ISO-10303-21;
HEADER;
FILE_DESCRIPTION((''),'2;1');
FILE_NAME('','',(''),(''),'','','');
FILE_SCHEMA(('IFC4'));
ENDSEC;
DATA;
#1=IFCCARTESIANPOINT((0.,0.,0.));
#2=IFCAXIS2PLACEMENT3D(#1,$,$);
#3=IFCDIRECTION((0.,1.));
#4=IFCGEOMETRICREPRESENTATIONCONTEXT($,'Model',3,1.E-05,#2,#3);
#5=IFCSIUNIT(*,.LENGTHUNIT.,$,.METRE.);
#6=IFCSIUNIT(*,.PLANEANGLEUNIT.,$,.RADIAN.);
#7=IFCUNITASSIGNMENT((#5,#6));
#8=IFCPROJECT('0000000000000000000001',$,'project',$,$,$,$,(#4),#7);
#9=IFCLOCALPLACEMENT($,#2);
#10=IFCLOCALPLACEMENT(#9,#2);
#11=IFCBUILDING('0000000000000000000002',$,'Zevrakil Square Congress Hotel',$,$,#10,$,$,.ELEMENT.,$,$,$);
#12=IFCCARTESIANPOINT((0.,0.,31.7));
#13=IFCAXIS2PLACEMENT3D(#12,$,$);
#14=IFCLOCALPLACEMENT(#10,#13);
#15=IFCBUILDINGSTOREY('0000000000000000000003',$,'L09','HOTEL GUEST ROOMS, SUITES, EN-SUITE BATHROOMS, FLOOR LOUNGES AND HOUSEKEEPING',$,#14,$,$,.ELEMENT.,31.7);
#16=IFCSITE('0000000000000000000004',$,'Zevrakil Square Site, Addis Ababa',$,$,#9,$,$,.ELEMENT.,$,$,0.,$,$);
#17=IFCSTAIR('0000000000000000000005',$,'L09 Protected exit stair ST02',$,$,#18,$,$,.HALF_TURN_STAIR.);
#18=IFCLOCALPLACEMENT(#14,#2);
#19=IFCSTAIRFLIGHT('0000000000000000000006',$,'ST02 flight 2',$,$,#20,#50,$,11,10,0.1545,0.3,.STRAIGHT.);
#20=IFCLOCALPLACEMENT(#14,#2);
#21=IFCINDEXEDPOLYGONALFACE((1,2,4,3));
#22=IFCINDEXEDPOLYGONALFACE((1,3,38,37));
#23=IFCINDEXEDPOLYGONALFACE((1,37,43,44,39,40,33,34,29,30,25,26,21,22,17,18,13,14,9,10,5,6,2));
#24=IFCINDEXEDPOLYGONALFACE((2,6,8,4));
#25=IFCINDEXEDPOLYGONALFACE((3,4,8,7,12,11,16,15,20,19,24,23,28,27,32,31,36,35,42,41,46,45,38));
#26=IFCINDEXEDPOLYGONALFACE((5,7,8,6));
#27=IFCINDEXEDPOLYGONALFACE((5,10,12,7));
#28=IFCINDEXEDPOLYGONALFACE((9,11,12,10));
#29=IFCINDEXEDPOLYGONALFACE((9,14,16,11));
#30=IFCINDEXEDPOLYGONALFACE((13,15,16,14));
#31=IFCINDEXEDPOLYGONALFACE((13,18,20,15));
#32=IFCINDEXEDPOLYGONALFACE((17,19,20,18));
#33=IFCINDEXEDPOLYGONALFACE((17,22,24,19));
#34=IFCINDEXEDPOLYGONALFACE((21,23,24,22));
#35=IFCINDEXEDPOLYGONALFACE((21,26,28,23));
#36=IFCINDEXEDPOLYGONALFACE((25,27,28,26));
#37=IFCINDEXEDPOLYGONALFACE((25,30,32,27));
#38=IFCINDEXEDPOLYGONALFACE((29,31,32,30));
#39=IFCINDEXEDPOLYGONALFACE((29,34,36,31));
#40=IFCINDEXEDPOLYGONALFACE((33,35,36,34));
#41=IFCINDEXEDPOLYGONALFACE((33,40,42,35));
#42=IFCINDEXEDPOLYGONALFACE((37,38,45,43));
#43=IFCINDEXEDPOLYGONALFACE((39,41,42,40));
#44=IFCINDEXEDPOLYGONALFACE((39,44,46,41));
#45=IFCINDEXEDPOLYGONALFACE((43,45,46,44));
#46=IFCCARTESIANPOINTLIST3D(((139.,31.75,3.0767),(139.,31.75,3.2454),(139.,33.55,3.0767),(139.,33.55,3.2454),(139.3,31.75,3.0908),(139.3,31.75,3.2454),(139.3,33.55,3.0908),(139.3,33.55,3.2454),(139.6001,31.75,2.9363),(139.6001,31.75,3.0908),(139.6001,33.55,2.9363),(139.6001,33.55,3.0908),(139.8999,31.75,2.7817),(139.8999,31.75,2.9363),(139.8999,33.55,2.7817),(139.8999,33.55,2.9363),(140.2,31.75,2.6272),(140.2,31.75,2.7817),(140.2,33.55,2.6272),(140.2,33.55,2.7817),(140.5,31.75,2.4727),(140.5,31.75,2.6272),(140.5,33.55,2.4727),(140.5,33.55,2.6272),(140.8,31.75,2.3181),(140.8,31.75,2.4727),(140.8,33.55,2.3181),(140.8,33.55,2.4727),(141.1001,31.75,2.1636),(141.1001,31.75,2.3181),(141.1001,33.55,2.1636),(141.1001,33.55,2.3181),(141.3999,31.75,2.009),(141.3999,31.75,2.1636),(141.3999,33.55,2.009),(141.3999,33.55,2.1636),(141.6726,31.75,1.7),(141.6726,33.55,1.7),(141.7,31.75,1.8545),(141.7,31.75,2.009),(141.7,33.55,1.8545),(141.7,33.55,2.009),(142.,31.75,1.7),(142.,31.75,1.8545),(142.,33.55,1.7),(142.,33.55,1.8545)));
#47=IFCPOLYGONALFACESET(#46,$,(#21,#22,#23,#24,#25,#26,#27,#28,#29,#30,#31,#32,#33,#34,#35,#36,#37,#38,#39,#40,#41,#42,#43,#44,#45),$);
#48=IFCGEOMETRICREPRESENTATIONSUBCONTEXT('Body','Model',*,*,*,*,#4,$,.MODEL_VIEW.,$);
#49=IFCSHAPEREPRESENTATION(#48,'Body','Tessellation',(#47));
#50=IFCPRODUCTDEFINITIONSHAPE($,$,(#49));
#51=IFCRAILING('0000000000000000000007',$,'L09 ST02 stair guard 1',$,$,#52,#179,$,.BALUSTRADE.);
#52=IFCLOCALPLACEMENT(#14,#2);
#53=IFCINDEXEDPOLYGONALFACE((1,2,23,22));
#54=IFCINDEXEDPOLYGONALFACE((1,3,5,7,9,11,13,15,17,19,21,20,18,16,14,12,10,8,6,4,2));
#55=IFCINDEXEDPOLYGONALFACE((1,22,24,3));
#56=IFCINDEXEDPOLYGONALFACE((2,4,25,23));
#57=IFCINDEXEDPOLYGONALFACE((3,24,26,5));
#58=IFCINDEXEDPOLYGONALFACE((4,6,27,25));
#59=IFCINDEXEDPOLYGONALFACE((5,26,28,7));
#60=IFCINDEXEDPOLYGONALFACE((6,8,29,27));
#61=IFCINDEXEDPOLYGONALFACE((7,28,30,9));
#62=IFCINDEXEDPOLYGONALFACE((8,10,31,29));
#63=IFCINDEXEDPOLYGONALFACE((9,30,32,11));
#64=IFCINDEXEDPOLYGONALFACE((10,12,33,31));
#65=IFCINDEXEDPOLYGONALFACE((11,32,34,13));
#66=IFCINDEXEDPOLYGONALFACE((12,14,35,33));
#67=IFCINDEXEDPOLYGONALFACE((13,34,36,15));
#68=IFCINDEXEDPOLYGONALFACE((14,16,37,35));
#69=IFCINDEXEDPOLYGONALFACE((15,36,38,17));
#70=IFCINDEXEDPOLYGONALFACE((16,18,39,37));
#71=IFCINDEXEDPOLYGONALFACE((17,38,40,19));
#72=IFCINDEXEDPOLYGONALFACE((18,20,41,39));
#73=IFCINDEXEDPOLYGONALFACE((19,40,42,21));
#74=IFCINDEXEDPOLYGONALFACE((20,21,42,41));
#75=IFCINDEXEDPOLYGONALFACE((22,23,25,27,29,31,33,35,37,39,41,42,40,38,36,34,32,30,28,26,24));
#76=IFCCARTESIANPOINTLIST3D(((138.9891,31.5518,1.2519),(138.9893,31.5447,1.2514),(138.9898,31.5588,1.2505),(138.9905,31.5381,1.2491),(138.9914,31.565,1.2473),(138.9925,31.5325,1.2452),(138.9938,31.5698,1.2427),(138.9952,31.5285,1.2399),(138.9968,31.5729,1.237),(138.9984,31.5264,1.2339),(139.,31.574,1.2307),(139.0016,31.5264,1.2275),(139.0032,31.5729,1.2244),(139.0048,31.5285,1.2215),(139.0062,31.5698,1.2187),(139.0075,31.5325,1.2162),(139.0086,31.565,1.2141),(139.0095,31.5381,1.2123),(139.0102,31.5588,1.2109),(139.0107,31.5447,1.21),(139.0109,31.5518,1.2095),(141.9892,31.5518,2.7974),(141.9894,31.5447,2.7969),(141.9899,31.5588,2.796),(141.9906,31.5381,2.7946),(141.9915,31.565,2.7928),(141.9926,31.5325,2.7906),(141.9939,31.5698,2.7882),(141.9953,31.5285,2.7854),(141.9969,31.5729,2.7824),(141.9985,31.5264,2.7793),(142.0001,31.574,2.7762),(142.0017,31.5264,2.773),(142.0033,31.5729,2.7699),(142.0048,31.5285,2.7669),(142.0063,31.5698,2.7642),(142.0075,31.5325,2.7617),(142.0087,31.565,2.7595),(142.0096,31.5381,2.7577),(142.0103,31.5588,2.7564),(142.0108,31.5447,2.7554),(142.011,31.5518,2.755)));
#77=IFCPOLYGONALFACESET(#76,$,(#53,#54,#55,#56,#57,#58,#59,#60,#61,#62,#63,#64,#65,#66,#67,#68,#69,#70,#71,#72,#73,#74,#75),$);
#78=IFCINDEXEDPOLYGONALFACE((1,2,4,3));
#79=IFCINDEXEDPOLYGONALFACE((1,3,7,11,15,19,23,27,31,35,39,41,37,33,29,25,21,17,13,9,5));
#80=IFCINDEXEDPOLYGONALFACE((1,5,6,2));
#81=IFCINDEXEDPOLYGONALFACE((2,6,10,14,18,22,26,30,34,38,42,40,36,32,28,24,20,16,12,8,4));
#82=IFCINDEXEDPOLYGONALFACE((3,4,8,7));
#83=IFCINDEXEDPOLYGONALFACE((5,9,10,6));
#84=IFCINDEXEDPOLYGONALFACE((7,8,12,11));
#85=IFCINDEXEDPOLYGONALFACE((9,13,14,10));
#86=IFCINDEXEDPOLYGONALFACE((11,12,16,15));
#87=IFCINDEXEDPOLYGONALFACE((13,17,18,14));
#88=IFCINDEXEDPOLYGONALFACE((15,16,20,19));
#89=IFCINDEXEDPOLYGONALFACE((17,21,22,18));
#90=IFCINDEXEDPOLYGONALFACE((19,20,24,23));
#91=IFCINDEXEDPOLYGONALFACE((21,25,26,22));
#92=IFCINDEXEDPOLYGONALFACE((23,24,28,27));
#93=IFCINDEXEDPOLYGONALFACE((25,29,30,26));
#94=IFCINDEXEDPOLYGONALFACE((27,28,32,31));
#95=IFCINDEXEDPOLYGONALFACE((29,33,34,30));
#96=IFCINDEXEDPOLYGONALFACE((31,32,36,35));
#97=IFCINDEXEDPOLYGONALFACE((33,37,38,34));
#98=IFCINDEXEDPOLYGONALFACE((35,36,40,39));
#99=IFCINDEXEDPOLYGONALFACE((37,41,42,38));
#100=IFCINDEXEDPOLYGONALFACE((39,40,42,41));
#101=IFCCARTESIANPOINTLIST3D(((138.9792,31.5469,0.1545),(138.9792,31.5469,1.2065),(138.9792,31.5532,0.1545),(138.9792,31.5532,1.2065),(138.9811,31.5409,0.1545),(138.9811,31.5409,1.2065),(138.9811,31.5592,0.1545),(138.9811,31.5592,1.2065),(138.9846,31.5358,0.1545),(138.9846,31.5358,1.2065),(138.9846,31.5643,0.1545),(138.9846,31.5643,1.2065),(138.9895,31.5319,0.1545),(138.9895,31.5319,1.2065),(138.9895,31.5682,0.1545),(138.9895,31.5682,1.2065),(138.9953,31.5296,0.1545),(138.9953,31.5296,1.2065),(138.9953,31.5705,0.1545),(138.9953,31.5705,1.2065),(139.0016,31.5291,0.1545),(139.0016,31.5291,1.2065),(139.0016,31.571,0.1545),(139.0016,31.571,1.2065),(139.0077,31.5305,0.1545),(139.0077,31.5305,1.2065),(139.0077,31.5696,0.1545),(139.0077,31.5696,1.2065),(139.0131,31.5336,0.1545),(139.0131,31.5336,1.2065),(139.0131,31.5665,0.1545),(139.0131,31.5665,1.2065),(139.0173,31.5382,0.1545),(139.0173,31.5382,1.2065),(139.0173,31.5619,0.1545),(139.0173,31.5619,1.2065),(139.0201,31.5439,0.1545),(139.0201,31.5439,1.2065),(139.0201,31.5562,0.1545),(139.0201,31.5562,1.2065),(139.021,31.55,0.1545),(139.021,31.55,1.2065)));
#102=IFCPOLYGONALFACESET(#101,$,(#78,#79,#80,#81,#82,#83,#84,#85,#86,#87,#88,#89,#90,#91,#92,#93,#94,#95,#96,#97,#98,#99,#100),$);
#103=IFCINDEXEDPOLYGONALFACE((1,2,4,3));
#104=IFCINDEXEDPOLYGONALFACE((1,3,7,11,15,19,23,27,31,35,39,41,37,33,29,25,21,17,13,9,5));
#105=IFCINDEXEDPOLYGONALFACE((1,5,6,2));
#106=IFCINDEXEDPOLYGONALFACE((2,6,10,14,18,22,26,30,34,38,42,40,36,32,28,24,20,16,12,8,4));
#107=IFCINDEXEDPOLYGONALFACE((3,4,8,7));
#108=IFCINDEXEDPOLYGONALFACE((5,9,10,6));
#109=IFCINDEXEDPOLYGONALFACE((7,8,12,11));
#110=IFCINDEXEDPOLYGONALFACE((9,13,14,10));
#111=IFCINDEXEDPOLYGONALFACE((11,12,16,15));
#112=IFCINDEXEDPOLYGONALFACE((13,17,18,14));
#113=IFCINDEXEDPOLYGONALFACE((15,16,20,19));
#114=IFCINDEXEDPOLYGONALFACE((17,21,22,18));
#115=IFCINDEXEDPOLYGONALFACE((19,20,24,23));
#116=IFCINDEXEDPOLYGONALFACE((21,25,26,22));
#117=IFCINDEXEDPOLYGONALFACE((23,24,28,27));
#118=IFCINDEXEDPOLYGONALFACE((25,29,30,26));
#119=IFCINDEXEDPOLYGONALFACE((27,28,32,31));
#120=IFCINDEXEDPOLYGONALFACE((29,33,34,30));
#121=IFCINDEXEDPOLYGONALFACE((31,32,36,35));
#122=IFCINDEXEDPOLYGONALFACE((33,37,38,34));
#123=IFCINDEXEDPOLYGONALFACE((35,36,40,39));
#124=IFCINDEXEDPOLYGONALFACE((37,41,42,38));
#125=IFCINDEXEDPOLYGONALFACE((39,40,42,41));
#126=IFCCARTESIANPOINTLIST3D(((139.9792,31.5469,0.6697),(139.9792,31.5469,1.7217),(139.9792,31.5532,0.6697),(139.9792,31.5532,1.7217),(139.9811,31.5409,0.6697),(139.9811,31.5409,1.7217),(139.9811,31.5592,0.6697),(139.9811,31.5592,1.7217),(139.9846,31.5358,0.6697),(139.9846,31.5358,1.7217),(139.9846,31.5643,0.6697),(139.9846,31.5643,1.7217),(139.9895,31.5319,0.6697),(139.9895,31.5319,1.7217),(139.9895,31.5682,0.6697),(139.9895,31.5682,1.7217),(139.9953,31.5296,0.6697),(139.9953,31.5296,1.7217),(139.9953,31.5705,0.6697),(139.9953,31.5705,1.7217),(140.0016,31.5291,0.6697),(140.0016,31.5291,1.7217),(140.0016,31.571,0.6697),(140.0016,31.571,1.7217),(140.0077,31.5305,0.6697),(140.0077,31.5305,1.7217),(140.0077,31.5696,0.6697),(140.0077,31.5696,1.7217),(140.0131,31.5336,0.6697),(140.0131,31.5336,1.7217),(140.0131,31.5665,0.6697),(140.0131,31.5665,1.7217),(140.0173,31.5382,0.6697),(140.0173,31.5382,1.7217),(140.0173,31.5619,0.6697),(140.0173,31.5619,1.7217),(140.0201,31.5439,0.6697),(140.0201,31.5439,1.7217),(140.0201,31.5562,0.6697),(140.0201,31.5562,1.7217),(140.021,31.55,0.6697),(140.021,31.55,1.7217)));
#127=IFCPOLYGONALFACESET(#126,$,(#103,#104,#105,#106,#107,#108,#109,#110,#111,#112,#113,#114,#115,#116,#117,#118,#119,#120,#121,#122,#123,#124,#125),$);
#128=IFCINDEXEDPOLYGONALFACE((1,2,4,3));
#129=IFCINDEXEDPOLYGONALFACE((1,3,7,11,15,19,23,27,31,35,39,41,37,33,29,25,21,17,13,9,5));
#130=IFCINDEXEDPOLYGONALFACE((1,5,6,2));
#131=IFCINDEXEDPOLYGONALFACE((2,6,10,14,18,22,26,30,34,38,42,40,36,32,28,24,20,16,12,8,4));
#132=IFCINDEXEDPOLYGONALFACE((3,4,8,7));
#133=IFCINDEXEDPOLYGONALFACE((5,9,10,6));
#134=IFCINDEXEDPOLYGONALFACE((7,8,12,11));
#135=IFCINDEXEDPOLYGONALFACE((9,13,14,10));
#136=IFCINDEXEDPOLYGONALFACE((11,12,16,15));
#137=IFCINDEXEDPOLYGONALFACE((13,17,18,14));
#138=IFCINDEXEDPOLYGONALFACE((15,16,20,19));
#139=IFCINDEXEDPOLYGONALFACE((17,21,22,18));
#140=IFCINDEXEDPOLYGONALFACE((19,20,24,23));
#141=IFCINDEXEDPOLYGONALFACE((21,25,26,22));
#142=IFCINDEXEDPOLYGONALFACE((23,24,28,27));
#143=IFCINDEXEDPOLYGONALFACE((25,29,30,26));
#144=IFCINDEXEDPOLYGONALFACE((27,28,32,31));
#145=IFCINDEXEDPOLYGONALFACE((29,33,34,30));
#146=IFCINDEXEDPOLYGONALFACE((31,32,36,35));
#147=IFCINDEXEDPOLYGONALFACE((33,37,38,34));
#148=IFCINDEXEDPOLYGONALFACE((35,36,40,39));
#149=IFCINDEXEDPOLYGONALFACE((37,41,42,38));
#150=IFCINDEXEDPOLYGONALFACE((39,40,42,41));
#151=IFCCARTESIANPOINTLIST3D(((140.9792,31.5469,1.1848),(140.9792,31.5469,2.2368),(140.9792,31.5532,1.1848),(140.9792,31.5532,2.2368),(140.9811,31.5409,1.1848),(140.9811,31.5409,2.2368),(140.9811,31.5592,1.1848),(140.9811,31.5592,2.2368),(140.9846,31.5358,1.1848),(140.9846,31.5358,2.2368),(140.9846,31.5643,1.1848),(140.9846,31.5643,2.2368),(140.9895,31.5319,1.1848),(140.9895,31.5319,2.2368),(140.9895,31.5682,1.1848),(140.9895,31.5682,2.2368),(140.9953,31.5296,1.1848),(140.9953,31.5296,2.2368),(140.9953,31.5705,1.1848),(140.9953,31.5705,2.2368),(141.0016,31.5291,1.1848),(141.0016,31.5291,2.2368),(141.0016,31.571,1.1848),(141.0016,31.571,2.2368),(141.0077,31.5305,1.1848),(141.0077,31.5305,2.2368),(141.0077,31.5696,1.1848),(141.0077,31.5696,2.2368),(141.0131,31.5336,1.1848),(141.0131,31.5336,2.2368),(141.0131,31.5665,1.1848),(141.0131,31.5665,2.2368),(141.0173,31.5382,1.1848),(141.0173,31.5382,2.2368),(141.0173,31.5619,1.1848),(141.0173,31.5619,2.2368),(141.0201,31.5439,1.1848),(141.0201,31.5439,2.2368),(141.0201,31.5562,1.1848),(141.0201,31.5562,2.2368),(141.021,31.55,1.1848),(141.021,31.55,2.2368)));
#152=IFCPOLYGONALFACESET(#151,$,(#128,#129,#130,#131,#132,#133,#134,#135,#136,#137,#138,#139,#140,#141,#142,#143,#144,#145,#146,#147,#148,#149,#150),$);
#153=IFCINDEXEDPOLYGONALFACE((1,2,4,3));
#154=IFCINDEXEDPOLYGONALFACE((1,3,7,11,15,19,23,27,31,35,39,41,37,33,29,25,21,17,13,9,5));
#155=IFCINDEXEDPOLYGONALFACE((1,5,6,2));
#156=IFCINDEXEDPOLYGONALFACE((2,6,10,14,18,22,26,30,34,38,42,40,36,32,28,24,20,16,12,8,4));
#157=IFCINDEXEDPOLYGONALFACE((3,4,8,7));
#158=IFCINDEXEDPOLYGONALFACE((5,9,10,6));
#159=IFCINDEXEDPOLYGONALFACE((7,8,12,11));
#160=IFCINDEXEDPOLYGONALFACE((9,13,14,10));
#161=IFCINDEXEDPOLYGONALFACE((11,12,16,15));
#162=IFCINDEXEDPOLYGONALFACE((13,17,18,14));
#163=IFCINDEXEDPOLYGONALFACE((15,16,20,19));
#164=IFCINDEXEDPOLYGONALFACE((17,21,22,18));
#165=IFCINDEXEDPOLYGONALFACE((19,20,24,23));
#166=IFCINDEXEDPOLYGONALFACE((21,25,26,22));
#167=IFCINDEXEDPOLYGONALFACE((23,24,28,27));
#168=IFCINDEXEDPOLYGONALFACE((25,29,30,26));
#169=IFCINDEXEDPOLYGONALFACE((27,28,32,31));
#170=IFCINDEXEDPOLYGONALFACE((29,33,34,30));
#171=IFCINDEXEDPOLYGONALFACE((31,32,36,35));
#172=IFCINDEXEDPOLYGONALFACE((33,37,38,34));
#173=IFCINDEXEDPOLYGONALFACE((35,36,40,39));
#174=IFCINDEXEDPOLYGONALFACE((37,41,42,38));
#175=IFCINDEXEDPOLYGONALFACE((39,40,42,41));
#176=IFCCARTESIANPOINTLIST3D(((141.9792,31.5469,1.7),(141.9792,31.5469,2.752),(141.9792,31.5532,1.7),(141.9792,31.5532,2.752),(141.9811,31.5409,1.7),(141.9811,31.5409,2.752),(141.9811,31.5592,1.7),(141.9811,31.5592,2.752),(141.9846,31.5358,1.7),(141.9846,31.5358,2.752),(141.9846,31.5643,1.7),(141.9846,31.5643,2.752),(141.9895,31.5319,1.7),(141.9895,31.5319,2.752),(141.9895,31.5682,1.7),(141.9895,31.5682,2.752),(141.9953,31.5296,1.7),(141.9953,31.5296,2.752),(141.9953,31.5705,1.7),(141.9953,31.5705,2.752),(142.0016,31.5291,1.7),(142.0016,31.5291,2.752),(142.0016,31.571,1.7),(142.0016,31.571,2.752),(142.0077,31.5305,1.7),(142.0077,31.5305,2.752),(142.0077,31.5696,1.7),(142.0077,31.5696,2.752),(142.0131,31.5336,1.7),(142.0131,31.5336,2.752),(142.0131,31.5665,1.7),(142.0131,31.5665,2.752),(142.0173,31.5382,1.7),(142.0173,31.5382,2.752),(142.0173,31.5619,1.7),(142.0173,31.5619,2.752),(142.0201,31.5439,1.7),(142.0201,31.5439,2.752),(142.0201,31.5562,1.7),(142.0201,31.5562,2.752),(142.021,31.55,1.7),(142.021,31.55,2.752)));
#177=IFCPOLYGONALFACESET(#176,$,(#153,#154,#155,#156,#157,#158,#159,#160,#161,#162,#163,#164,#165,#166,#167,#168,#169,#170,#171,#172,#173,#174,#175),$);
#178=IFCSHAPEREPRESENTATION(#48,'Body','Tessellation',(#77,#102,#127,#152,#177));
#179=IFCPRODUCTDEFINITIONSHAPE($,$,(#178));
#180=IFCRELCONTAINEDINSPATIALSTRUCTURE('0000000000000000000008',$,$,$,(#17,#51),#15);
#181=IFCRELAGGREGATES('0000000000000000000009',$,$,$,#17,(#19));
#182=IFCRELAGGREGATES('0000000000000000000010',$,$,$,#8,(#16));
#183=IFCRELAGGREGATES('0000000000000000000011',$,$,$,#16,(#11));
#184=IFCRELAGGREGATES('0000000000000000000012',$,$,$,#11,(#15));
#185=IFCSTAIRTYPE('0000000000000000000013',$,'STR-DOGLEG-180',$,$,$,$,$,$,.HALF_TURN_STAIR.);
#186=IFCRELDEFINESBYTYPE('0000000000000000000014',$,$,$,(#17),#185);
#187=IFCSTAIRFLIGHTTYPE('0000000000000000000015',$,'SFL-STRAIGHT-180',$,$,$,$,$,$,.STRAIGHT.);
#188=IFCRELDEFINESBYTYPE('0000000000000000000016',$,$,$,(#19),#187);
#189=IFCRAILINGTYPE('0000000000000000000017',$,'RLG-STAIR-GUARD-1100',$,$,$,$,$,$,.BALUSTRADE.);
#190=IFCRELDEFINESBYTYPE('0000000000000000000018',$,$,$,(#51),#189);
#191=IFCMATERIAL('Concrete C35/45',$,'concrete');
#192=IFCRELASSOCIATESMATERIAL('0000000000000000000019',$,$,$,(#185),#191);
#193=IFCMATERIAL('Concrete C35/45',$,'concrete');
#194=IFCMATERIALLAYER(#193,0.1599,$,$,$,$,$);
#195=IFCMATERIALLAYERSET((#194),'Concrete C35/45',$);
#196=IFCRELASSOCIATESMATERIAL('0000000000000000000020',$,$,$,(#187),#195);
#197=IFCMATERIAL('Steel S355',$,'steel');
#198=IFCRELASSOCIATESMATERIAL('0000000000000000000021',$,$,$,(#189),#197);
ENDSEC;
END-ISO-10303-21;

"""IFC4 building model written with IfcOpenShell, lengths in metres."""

from ifc_helpers import new_model, si_unit, direction, frame, origin, origin_2d, place, context, subcontext, project, spatial, polyline, circle, outline, extrude, material, layer, layer_set, type_object, element, aggregate, save


model = new_model("IFC4")

# Units and contexts
model_context = context("Model", 3, precision=1e-05, world=origin(), true_north=direction((0.0, 1.0)))
body_context = subcontext(model_context, "Body", "Model", "MODEL_VIEW")
ifc_project = project(units=[si_unit("LENGTHUNIT", "METRE"), si_unit("PLANEANGLEUNIT", "RADIAN")], contexts=[model_context])

# Site, building, storey
site_placement = place(None, origin())
site = spatial("IfcSite", under=ifc_project, at=site_placement, Name="Zevrakil Square Site, Addis Ababa", CompositionType="ELEMENT", RefElevation=0.0)
building_placement = place(site_placement, origin())
building = spatial("IfcBuilding", under=site, at=building_placement, Name="Zevrakil Square Congress Hotel", CompositionType="ELEMENT")
storey_placement = place(building_placement, frame((0.0, 0.0, 31.7)))
storey = spatial("IfcBuildingStorey", under=building, at=storey_placement, Name="L09", Description="HOTEL GUEST ROOMS, SUITES, EN-SUITE BATHROOMS, FLOOR LOUNGES AND HOUSEKEEPING", CompositionType="ELEMENT", Elevation=31.7)

# Stair, stair flight
ifc_material_1 = material(Name="Concrete C35/45", Category="concrete")
stair_type = type_object("IfcStairType", Name="STR-DOGLEG-180", PredefinedType="HALF_TURN_STAIR", material=ifc_material_1)
stair_placement = place(storey_placement, origin())
stair = element("IfcStair", 1, at=stair_placement, inside=storey, type_object=stair_type, Name="L09 Protected exit stair ST02", PredefinedType="HALF_TURN_STAIR")
ifc_material_2 = material(Name="Concrete C35/45", Category="concrete")
ifc_layer_1 = layer(ifc_material_2, 0.1599)
ifc_layer_set_1 = layer_set([ifc_layer_1], Name="Concrete C35/45")
stair_flight_type = type_object("IfcStairFlightType", Name="SFL-STRAIGHT-180", PredefinedType="STRAIGHT", material=ifc_layer_set_1)
stair_flight_1_placement = place(storey_placement, frame((142.0, 32.6499, 1.7), z_axis=(0.0, 0.0, 1.0), x_axis=(-1.0, 0.0, 0.0)))
stair_flight_1 = element("IfcStairFlight", 2, at=stair_flight_1_placement, type_object=stair_flight_type, Name="ST02 flight 2", NumberOfRisers=11, NumberOfTreads=10, PredefinedType="STRAIGHT", RiserHeight=0.1545, TreadLength=0.3, context=body_context, shape_type="SweptSolid", body=[
    extrude(outline(polyline([(0.0, 0.0), (0.0, 0.1545), (0.3, 0.1545), (0.3, 0.3091), (0.6001, 0.3091), (0.6001, 0.4636), (0.8999, 0.4636), (0.8999, 0.6182), (1.2, 0.6182), (1.2, 0.7727), (1.5, 0.7727), (1.5, 0.9272), (1.8, 0.9272), (1.8, 1.0818), (2.1001, 1.0818), (2.1001, 1.2363), (2.3999, 1.2363), (2.3999, 1.3909), (2.7, 1.3909), (2.7, 1.5454), (3.0, 1.5454), (3.0, 1.7), (3.0, 1.3767), (0.3274, 0.0), (0.0, 0.0)])), frame((0.0, 0.8999, 0.0), z_axis=(0.0, -1.0, 0.0), x_axis=(1.0, 0.0, 0.0)), (0.0, 0.0, 1.0), 1.8),
])
aggregate(stair, [stair_flight_1])

# Railing
ifc_material_3 = material(Name="Steel S355", Category="steel")
railing_type_1 = type_object("IfcRailingType", Name="RLG-STAIR-GUARD-1100", PredefinedType="BALUSTRADE", material=ifc_material_3)
railing_1_placement = place(storey_placement, frame((139.0, 31.55, 0.1545)))
element("IfcRailing", 3, at=railing_1_placement, inside=storey, type_object=railing_type_1, Name="L09 ST02 stair guard 1", PredefinedType="BALUSTRADE", context=body_context, shape_type="SweptSolid", body=[
    extrude(circle(Radius=0.0239, at=origin_2d()), frame((0.0, 0.0, 1.0762), z_axis=(0.88898, 0.0, 0.457946), x_axis=(0.0, 1.0, 0.0)), (0.0, 0.0, 1.0), 3.3748),
    extrude(circle(Radius=0.021, at=origin_2d()), origin(), (0.0, 0.0, 1.0), 1.052),
    extrude(circle(Radius=0.021, at=origin_2d()), frame((1.0, 0.0, 0.5151)), (0.0, 0.0, 1.0), 1.052),
    extrude(circle(Radius=0.021, at=origin_2d()), frame((2.0, 0.0, 1.0303)), (0.0, 0.0, 1.0), 1.052),
    extrude(circle(Radius=0.021, at=origin_2d()), frame((3.0, 0.0, 1.5454)), (0.0, 0.0, 1.0), 1.052),
])

save(model, "model.ifc")
